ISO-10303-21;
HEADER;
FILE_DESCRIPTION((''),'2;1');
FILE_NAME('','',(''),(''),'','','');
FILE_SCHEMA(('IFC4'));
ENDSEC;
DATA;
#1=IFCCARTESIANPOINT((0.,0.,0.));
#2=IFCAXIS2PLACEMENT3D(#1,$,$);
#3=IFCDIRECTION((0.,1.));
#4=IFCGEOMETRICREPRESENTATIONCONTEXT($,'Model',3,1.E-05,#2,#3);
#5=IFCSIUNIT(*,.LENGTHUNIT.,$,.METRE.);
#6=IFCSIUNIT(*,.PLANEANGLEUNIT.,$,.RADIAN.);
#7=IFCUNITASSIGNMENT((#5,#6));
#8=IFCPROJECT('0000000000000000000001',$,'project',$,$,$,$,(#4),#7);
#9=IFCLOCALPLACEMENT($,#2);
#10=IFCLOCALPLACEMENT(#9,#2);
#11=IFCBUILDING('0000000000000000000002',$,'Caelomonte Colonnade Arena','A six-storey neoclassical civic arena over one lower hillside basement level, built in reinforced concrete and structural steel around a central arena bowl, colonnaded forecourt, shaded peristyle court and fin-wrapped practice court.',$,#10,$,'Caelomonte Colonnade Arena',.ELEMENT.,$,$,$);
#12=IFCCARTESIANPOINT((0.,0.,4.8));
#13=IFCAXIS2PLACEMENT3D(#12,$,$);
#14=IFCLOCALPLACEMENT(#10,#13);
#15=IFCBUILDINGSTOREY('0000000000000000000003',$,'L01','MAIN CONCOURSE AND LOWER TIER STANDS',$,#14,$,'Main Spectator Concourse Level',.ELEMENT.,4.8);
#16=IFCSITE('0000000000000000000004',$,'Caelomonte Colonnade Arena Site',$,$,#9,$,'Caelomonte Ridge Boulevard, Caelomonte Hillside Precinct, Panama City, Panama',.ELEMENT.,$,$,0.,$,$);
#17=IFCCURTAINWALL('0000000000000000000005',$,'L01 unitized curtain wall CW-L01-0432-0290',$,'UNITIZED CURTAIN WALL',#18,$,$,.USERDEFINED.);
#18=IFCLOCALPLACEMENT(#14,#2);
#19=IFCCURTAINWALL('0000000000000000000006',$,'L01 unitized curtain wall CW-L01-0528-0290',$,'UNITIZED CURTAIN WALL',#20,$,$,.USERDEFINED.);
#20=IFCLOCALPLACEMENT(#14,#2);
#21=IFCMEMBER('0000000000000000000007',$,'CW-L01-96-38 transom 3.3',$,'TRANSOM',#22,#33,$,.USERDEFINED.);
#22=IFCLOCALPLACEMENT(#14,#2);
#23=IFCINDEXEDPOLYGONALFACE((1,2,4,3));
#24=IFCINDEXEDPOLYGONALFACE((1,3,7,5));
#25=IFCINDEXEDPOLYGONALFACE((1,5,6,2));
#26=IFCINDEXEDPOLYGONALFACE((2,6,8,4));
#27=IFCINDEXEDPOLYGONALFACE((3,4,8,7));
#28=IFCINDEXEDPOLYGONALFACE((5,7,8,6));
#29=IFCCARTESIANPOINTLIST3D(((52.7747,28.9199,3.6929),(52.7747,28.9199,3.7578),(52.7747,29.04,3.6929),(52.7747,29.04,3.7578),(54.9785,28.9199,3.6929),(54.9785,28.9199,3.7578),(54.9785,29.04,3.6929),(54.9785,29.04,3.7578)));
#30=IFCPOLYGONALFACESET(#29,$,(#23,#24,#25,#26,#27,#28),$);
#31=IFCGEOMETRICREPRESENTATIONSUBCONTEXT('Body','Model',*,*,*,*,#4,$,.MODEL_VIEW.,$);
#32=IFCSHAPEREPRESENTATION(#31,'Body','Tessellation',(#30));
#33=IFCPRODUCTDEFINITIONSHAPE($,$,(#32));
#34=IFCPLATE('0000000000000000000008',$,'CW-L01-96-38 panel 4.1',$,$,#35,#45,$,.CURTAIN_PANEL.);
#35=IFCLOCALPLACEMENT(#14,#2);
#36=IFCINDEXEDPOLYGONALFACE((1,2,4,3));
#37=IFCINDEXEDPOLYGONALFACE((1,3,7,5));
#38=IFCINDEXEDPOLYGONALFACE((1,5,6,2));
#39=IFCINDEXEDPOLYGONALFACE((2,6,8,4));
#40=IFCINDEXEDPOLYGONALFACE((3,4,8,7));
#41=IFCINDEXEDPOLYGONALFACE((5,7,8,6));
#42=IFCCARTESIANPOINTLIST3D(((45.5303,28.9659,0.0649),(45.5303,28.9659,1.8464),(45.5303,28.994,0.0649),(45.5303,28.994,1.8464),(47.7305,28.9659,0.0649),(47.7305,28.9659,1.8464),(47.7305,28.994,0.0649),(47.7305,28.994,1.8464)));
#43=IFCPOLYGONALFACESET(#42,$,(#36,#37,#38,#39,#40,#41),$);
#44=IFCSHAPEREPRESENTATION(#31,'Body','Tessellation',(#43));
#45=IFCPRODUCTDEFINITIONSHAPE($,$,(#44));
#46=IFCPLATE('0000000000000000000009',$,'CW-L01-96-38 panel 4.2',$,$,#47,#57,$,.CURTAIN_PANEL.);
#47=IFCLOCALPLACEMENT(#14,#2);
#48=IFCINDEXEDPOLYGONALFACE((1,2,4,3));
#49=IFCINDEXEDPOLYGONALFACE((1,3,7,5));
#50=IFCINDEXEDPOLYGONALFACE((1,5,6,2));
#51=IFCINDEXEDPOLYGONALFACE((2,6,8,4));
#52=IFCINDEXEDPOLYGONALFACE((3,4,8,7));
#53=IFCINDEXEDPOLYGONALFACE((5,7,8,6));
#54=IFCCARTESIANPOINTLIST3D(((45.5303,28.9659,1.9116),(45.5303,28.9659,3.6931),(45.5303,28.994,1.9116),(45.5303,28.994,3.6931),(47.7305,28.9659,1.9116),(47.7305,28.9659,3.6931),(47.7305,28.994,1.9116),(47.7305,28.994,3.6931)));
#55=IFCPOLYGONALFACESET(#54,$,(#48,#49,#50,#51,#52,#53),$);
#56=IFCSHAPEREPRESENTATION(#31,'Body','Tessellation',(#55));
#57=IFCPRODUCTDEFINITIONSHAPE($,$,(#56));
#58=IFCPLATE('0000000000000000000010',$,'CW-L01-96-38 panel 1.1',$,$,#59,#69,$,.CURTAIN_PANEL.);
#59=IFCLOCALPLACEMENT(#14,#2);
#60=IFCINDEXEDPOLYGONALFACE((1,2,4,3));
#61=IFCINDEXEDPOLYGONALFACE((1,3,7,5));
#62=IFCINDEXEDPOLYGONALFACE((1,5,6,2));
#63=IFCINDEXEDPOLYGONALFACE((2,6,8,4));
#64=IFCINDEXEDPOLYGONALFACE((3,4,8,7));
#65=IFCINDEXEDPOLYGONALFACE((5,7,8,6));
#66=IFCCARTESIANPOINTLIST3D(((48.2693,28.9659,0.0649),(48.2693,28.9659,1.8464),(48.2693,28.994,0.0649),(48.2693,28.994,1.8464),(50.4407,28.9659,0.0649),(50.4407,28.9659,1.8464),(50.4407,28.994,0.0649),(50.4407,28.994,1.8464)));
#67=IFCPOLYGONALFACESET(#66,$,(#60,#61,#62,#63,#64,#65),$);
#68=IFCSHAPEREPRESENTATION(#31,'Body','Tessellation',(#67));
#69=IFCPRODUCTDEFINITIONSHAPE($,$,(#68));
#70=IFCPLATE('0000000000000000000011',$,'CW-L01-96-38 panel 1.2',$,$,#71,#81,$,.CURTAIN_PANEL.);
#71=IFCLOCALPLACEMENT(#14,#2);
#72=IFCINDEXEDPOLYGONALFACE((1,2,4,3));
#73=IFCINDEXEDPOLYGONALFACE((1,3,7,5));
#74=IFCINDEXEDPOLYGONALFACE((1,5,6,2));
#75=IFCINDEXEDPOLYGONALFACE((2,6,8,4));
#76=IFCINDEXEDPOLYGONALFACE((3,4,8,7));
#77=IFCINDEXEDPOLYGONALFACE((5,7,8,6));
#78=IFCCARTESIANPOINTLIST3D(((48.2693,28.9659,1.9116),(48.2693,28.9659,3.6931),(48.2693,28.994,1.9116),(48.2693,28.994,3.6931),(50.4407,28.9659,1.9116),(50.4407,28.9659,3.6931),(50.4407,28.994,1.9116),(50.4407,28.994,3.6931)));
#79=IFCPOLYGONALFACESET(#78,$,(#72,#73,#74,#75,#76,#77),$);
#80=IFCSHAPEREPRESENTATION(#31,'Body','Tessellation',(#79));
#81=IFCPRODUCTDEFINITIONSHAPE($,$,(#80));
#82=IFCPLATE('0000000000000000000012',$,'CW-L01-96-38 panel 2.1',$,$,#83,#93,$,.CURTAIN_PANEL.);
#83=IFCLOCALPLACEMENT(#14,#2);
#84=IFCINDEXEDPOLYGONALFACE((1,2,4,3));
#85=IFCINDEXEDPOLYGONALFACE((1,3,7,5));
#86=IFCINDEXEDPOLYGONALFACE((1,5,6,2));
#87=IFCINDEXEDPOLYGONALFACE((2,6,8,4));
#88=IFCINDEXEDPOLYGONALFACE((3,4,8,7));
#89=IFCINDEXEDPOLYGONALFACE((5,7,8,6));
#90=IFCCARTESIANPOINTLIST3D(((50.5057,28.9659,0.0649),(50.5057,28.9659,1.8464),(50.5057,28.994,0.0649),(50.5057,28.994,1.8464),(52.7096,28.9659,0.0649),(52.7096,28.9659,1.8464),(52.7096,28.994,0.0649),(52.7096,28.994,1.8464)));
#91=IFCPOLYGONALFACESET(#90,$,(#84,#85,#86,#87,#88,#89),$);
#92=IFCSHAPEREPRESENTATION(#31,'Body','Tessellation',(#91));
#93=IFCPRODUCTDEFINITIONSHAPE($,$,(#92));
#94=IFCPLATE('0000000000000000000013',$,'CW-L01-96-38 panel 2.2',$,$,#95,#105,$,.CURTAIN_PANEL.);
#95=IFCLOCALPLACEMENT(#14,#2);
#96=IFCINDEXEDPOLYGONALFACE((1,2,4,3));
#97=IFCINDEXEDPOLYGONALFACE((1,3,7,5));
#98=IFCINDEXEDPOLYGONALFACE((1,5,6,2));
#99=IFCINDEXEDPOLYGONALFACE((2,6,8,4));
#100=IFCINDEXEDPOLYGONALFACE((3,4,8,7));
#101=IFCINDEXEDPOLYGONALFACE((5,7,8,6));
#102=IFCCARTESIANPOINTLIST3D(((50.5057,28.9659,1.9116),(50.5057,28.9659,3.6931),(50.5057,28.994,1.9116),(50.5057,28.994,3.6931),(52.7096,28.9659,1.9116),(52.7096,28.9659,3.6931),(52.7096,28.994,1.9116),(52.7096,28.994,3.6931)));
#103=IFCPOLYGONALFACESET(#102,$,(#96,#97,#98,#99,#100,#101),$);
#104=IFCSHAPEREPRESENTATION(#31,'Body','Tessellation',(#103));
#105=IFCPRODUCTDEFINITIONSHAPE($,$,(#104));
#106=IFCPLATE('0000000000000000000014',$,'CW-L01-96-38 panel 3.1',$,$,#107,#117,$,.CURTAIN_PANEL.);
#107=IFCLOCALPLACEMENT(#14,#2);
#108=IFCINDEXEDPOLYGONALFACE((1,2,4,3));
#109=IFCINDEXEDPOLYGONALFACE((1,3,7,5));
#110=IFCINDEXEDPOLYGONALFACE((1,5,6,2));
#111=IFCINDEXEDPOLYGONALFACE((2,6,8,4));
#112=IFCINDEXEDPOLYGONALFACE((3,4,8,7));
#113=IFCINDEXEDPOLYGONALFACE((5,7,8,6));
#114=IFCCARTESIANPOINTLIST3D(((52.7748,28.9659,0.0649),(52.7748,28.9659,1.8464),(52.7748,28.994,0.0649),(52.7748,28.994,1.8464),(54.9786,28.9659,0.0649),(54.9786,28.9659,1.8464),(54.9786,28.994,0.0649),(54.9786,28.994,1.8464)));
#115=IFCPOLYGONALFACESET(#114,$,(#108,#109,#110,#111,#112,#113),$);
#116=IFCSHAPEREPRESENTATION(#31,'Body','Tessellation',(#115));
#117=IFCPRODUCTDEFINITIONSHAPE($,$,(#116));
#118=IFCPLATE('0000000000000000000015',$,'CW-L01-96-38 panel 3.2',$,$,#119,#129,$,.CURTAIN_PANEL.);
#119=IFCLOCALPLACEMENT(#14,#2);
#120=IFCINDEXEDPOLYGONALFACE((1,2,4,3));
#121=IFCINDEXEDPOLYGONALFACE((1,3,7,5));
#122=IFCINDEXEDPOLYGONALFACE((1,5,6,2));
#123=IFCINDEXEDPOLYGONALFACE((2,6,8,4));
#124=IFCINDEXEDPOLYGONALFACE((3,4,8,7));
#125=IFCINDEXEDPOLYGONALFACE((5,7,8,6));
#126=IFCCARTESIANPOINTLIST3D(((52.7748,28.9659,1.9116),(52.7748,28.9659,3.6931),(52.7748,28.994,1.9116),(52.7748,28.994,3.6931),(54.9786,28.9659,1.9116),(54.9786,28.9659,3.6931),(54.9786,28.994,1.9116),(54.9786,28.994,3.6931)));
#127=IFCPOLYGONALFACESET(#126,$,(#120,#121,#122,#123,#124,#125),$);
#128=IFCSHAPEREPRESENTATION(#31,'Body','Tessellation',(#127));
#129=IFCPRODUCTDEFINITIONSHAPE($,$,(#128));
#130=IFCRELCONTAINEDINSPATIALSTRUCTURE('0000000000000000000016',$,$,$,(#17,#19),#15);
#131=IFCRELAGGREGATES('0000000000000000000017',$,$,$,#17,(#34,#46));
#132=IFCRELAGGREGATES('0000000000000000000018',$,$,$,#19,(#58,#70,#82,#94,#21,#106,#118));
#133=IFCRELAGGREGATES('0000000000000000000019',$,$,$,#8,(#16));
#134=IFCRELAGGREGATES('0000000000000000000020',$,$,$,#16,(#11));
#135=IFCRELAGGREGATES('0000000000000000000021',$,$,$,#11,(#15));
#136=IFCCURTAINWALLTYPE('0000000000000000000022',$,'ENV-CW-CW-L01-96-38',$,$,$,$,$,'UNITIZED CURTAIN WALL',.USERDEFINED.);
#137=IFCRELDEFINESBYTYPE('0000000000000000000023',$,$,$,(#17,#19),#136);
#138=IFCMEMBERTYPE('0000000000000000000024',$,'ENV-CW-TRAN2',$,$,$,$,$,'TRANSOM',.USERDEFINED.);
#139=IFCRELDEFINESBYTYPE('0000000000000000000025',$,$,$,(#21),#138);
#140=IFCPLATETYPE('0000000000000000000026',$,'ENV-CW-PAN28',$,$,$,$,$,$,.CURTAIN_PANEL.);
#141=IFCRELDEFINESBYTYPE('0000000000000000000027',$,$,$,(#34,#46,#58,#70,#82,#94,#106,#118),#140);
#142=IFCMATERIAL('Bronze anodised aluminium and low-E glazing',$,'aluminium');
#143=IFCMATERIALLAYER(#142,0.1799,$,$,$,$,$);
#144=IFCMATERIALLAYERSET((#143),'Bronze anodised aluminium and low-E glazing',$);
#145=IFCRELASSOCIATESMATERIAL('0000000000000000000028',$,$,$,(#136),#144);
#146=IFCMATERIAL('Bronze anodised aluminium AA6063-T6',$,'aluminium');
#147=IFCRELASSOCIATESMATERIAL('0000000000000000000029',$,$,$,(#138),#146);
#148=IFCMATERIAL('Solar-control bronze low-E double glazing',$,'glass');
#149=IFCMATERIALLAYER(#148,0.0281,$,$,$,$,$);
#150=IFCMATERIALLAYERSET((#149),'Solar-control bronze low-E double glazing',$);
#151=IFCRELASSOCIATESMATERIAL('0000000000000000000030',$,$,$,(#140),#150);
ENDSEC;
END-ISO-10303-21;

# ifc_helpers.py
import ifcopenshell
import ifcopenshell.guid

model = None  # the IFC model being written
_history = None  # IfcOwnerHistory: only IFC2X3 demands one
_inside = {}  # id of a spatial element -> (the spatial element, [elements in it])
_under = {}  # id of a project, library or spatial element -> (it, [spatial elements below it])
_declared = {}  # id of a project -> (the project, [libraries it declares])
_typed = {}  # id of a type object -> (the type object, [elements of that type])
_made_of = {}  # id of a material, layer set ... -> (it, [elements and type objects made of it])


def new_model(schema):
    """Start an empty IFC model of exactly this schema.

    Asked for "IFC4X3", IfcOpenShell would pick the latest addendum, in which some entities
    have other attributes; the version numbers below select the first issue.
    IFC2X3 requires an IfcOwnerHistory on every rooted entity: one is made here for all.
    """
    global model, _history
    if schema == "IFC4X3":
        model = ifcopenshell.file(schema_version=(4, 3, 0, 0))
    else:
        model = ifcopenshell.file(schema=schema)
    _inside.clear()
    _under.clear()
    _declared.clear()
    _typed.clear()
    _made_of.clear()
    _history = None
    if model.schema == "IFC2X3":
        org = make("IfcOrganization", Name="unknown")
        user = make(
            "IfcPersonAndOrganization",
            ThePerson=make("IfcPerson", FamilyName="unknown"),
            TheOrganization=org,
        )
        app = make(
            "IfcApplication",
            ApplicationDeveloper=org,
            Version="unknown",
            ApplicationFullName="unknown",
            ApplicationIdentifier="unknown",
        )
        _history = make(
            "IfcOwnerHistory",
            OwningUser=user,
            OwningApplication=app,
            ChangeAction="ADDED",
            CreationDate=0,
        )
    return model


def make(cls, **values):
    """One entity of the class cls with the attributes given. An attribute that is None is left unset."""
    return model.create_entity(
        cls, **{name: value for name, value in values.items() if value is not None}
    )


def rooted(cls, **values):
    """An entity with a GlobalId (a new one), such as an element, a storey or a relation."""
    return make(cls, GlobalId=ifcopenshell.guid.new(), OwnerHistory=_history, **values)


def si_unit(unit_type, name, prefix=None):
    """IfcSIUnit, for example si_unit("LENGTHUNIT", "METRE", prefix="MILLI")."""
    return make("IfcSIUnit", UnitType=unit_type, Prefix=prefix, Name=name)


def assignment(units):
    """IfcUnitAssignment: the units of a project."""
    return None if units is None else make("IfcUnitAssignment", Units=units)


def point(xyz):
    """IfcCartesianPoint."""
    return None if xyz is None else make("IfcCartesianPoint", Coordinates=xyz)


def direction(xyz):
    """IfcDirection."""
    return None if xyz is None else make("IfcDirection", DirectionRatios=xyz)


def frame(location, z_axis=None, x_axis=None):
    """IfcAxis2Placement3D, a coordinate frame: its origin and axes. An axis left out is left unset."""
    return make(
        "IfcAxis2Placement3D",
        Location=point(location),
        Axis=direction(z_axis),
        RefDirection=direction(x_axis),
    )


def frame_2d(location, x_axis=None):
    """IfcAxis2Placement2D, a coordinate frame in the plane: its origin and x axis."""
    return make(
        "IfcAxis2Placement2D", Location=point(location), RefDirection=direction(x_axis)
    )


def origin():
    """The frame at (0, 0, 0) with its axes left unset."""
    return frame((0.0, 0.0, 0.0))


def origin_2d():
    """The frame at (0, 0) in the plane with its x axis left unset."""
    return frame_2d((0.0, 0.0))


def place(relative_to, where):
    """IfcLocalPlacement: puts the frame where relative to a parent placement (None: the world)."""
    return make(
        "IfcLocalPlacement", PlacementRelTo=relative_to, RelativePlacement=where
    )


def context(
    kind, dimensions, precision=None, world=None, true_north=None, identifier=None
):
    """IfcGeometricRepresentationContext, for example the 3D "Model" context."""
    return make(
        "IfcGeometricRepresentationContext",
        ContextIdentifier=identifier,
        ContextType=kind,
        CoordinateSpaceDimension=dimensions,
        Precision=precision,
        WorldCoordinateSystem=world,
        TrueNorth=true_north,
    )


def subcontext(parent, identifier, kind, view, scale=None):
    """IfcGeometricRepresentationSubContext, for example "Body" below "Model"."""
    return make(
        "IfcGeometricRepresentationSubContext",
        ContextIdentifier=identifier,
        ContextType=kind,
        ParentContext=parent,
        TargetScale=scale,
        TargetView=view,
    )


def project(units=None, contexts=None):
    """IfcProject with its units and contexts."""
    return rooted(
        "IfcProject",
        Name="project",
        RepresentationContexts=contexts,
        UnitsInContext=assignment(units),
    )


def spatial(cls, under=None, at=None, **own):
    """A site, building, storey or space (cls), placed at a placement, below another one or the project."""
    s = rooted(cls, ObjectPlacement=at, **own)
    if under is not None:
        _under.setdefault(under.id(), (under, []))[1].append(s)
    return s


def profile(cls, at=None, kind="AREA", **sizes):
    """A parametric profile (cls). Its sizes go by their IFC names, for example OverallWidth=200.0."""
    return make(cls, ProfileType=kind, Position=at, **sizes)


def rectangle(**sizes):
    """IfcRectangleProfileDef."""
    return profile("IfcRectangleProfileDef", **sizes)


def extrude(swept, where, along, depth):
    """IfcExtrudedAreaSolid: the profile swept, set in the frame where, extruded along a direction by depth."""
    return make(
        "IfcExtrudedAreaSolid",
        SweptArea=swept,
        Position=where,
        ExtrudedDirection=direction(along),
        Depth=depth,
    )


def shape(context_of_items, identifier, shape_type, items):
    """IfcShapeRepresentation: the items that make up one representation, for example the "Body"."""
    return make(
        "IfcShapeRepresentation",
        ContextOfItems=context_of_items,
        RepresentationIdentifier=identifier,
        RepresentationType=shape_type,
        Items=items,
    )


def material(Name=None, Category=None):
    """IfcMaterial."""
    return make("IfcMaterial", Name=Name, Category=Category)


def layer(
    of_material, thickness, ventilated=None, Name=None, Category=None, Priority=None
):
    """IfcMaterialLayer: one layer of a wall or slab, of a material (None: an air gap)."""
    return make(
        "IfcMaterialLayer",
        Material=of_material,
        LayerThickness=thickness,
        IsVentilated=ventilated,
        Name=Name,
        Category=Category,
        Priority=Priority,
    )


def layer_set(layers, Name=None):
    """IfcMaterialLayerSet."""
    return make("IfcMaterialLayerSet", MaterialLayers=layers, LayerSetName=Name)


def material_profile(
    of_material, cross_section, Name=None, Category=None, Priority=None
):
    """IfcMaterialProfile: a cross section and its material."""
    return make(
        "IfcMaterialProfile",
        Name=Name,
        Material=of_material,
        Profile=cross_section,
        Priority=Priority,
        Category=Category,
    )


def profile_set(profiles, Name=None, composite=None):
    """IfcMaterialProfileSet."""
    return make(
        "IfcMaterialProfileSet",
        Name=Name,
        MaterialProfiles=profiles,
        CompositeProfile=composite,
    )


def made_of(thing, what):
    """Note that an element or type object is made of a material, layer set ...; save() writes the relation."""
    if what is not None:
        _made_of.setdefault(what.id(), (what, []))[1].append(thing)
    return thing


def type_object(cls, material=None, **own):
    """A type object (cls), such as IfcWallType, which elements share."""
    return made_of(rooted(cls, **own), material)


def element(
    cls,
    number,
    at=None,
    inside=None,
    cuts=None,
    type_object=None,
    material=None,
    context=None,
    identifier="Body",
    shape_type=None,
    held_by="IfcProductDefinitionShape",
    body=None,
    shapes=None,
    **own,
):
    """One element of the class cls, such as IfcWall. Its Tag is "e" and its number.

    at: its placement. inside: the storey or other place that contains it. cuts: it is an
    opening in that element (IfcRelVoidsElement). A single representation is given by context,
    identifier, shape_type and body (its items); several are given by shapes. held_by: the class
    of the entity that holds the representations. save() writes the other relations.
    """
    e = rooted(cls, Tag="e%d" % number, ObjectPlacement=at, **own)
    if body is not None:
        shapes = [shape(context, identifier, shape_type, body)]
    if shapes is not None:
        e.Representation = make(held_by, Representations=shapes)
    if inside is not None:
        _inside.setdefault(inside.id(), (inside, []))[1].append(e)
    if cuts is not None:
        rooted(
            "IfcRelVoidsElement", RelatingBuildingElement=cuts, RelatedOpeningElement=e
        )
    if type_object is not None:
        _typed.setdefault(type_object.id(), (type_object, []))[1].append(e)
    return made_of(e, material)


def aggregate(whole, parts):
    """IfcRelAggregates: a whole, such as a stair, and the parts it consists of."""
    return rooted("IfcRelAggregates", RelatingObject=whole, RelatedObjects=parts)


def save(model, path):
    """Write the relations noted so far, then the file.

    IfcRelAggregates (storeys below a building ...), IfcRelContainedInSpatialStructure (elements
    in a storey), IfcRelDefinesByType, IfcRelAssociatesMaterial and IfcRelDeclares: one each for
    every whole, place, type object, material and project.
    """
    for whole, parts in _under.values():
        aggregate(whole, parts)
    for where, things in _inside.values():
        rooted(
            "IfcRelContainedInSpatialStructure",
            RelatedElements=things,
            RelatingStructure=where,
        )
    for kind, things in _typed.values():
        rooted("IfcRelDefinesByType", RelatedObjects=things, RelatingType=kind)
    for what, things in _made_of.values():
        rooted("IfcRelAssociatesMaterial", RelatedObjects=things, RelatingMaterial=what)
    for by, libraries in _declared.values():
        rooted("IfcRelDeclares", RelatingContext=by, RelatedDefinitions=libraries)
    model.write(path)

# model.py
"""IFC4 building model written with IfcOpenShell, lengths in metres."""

from ifc_helpers import new_model, si_unit, direction, frame, origin, origin_2d, place, context, subcontext, project, spatial, rectangle, extrude, material, layer, layer_set, material_profile, profile_set, type_object, element, aggregate, save


model = new_model("IFC4")

# Units and contexts
model_context = context("Model", 3, precision=1e-05, world=origin(), true_north=direction((0.0, 1.0)))
body_context = subcontext(model_context, "Body", "Model", "MODEL_VIEW")
ifc_project = project(units=[si_unit("LENGTHUNIT", "METRE"), si_unit("PLANEANGLEUNIT", "RADIAN")], contexts=[model_context])

# Site, building, storey
site_placement = place(None, origin())
site = spatial("IfcSite", under=ifc_project, at=site_placement, Name="Caelomonte Colonnade Arena Site", LongName="Caelomonte Ridge Boulevard, Caelomonte Hillside Precinct, Panama City, Panama", CompositionType="ELEMENT", RefElevation=0.0)
building_placement = place(site_placement, origin())
building = spatial("IfcBuilding", under=site, at=building_placement, Name="Caelomonte Colonnade Arena", Description="A six-storey neoclassical civic arena over one lower hillside basement level, built in reinforced concrete and structural steel around a central arena bowl, colonnaded forecourt, shaded peristyle court and fin-wrapped practice court.", LongName="Caelomonte Colonnade Arena", CompositionType="ELEMENT")
storey_placement = place(building_placement, frame((0.0, 0.0, 4.8)))
storey = spatial("IfcBuildingStorey", under=building, at=storey_placement, Name="L01", Description="MAIN CONCOURSE AND LOWER TIER STANDS", LongName="Main Spectator Concourse Level", CompositionType="ELEMENT", Elevation=4.8)

# Curtain wall
ifc_material_1 = material(Name="Bronze anodised aluminium and low-E glazing", Category="aluminium")
ifc_layer_1 = layer(ifc_material_1, 0.1799)
ifc_layer_set_1 = layer_set([ifc_layer_1], Name="Bronze anodised aluminium and low-E glazing")
curtain_wall_type = type_object("IfcCurtainWallType", Name="ENV-CW-CW-L01-96-38", ElementType="UNITIZED CURTAIN WALL", PredefinedType="USERDEFINED", material=ifc_layer_set_1)
curtain_wall_1_placement = place(storey_placement, origin())
curtain_wall_1 = element("IfcCurtainWall", 1, at=curtain_wall_1_placement, inside=storey, type_object=curtain_wall_type, Name="L01 unitized curtain wall CW-L01-0432-0290", ObjectType="UNITIZED CURTAIN WALL", PredefinedType="USERDEFINED")
ifc_material_2 = material(Name="Bronze anodised aluminium AA6063-T6", Category="aluminium")

# Curtain wall
curtain_wall_2_placement = place(storey_placement, origin())
curtain_wall_2 = element("IfcCurtainWall", 2, at=curtain_wall_2_placement, inside=storey, type_object=curtain_wall_type, Name="L01 unitized curtain wall CW-L01-0528-0290", ObjectType="UNITIZED CURTAIN WALL", PredefinedType="USERDEFINED")

# Member
ifc_material_profile_1 = material_profile(ifc_material_2, rectangle(XDim=0.0649, YDim=0.1201, at=origin_2d()), Name="CWT-65X120")
ifc_profile_set_1 = profile_set([ifc_material_profile_1], Name="Bronze anodised aluminium AA6063-T6")
member_type_1 = type_object("IfcMemberType", Name="ENV-CW-TRAN2", ElementType="TRANSOM", PredefinedType="USERDEFINED", material=ifc_profile_set_1)
member_1_placement = place(storey_placement, frame((52.7747, 28.98, 3.7253), z_axis=(1.0, 0.0, 0.0), x_axis=(0.0, 0.0, 1.0)))
member_1 = element("IfcMember", 3, at=member_1_placement, type_object=member_type_1, Name="CW-L01-96-38 transom 3.3", ObjectType="TRANSOM", PredefinedType="USERDEFINED", context=body_context, shape_type="SweptSolid", body=[
    extrude(rectangle(XDim=0.0649, YDim=0.1201, at=origin_2d()), origin(), (0.0, 0.0, 1.0), 2.2039),
])

# Plates
ifc_material_3 = material(Name="Solar-control bronze low-E double glazing", Category="glass")
ifc_layer_2 = layer(ifc_material_3, 0.0281)
ifc_layer_set_2 = layer_set([ifc_layer_2], Name="Solar-control bronze low-E double glazing")
plate_type = type_object("IfcPlateType", Name="ENV-CW-PAN28", PredefinedType="CURTAIN_PANEL", material=ifc_layer_set_2)
plate_1_placement = place(storey_placement, frame((46.6304, 28.98, 0.0649), z_axis=(0.0, 0.0, 1.0), x_axis=(1.0, 0.0, 0.0)))
plate_1 = element("IfcPlate", 4, at=plate_1_placement, type_object=plate_type, Name="CW-L01-96-38 panel 4.1", PredefinedType="CURTAIN_PANEL", context=body_context, shape_type="SweptSolid", body=[
    extrude(rectangle(XDim=2.2002, YDim=0.0281, at=origin_2d()), origin(), (0.0, 0.0, 1.0), 1.7815),
])
plate_2_placement = place(storey_placement, frame((46.6304, 28.98, 1.9116), z_axis=(0.0, 0.0, 1.0), x_axis=(1.0, 0.0, 0.0)))
plate_2 = element("IfcPlate", 5, at=plate_2_placement, type_object=plate_type, Name="CW-L01-96-38 panel 4.2", PredefinedType="CURTAIN_PANEL", context=body_context, shape_type="SweptSolid", body=[
    extrude(rectangle(XDim=2.2002, YDim=0.0281, at=origin_2d()), origin(), (0.0, 0.0, 1.0), 1.7815),
])
aggregate(curtain_wall_1, [plate_1, plate_2])
plate_3_placement = place(storey_placement, frame((49.355, 28.98, 0.0649), z_axis=(0.0, 0.0, 1.0), x_axis=(1.0, 0.0, 0.0)))
plate_3 = element("IfcPlate", 6, at=plate_3_placement, type_object=plate_type, Name="CW-L01-96-38 panel 1.1", PredefinedType="CURTAIN_PANEL", context=body_context, shape_type="SweptSolid", body=[
    extrude(rectangle(XDim=2.1714, YDim=0.0281, at=origin_2d()), origin(), (0.0, 0.0, 1.0), 1.7815),
])
plate_4_placement = place(storey_placement, frame((49.355, 28.98, 1.9116), z_axis=(0.0, 0.0, 1.0), x_axis=(1.0, 0.0, 0.0)))
plate_4 = element("IfcPlate", 7, at=plate_4_placement, type_object=plate_type, Name="CW-L01-96-38 panel 1.2", PredefinedType="CURTAIN_PANEL", context=body_context, shape_type="SweptSolid", body=[
    extrude(rectangle(XDim=2.1714, YDim=0.0281, at=origin_2d()), origin(), (0.0, 0.0, 1.0), 1.7815),
])
plate_5_placement = place(storey_placement, frame((51.6077, 28.98, 0.0649), z_axis=(0.0, 0.0, 1.0), x_axis=(1.0, 0.0, 0.0)))
plate_5 = element("IfcPlate", 8, at=plate_5_placement, type_object=plate_type, Name="CW-L01-96-38 panel 2.1", PredefinedType="CURTAIN_PANEL", context=body_context, shape_type="SweptSolid", body=[
    extrude(rectangle(XDim=2.2039, YDim=0.0281, at=origin_2d()), origin(), (0.0, 0.0, 1.0), 1.7815),
])
plate_6_placement = place(storey_placement, frame((51.6077, 28.98, 1.9116), z_axis=(0.0, 0.0, 1.0), x_axis=(1.0, 0.0, 0.0)))
plate_6 = element("IfcPlate", 9, at=plate_6_placement, type_object=plate_type, Name="CW-L01-96-38 panel 2.2", PredefinedType="CURTAIN_PANEL", context=body_context, shape_type="SweptSolid", body=[
    extrude(rectangle(XDim=2.2039, YDim=0.0281, at=origin_2d()), origin(), (0.0, 0.0, 1.0), 1.7815),
])
plate_7_placement = place(storey_placement, frame((53.8767, 28.98, 0.0649), z_axis=(0.0, 0.0, 1.0), x_axis=(1.0, 0.0, 0.0)))
plate_7 = element("IfcPlate", 10, at=plate_7_placement, type_object=plate_type, Name="CW-L01-96-38 panel 3.1", PredefinedType="CURTAIN_PANEL", context=body_context, shape_type="SweptSolid", body=[
    extrude(rectangle(XDim=2.2039, YDim=0.0281, at=origin_2d()), origin(), (0.0, 0.0, 1.0), 1.7815),
])
plate_8_placement = place(storey_placement, frame((53.8767, 28.98, 1.9116), z_axis=(0.0, 0.0, 1.0), x_axis=(1.0, 0.0, 0.0)))
plate_8 = element("IfcPlate", 11, at=plate_8_placement, type_object=plate_type, Name="CW-L01-96-38 panel 3.2", PredefinedType="CURTAIN_PANEL", context=body_context, shape_type="SweptSolid", body=[
    extrude(rectangle(XDim=2.2039, YDim=0.0281, at=origin_2d()), origin(), (0.0, 0.0, 1.0), 1.7815),
])
aggregate(curtain_wall_2, [plate_3, plate_4, plate_5, plate_6, member_1, plate_7, plate_8])

save(model, "model.ifc")
